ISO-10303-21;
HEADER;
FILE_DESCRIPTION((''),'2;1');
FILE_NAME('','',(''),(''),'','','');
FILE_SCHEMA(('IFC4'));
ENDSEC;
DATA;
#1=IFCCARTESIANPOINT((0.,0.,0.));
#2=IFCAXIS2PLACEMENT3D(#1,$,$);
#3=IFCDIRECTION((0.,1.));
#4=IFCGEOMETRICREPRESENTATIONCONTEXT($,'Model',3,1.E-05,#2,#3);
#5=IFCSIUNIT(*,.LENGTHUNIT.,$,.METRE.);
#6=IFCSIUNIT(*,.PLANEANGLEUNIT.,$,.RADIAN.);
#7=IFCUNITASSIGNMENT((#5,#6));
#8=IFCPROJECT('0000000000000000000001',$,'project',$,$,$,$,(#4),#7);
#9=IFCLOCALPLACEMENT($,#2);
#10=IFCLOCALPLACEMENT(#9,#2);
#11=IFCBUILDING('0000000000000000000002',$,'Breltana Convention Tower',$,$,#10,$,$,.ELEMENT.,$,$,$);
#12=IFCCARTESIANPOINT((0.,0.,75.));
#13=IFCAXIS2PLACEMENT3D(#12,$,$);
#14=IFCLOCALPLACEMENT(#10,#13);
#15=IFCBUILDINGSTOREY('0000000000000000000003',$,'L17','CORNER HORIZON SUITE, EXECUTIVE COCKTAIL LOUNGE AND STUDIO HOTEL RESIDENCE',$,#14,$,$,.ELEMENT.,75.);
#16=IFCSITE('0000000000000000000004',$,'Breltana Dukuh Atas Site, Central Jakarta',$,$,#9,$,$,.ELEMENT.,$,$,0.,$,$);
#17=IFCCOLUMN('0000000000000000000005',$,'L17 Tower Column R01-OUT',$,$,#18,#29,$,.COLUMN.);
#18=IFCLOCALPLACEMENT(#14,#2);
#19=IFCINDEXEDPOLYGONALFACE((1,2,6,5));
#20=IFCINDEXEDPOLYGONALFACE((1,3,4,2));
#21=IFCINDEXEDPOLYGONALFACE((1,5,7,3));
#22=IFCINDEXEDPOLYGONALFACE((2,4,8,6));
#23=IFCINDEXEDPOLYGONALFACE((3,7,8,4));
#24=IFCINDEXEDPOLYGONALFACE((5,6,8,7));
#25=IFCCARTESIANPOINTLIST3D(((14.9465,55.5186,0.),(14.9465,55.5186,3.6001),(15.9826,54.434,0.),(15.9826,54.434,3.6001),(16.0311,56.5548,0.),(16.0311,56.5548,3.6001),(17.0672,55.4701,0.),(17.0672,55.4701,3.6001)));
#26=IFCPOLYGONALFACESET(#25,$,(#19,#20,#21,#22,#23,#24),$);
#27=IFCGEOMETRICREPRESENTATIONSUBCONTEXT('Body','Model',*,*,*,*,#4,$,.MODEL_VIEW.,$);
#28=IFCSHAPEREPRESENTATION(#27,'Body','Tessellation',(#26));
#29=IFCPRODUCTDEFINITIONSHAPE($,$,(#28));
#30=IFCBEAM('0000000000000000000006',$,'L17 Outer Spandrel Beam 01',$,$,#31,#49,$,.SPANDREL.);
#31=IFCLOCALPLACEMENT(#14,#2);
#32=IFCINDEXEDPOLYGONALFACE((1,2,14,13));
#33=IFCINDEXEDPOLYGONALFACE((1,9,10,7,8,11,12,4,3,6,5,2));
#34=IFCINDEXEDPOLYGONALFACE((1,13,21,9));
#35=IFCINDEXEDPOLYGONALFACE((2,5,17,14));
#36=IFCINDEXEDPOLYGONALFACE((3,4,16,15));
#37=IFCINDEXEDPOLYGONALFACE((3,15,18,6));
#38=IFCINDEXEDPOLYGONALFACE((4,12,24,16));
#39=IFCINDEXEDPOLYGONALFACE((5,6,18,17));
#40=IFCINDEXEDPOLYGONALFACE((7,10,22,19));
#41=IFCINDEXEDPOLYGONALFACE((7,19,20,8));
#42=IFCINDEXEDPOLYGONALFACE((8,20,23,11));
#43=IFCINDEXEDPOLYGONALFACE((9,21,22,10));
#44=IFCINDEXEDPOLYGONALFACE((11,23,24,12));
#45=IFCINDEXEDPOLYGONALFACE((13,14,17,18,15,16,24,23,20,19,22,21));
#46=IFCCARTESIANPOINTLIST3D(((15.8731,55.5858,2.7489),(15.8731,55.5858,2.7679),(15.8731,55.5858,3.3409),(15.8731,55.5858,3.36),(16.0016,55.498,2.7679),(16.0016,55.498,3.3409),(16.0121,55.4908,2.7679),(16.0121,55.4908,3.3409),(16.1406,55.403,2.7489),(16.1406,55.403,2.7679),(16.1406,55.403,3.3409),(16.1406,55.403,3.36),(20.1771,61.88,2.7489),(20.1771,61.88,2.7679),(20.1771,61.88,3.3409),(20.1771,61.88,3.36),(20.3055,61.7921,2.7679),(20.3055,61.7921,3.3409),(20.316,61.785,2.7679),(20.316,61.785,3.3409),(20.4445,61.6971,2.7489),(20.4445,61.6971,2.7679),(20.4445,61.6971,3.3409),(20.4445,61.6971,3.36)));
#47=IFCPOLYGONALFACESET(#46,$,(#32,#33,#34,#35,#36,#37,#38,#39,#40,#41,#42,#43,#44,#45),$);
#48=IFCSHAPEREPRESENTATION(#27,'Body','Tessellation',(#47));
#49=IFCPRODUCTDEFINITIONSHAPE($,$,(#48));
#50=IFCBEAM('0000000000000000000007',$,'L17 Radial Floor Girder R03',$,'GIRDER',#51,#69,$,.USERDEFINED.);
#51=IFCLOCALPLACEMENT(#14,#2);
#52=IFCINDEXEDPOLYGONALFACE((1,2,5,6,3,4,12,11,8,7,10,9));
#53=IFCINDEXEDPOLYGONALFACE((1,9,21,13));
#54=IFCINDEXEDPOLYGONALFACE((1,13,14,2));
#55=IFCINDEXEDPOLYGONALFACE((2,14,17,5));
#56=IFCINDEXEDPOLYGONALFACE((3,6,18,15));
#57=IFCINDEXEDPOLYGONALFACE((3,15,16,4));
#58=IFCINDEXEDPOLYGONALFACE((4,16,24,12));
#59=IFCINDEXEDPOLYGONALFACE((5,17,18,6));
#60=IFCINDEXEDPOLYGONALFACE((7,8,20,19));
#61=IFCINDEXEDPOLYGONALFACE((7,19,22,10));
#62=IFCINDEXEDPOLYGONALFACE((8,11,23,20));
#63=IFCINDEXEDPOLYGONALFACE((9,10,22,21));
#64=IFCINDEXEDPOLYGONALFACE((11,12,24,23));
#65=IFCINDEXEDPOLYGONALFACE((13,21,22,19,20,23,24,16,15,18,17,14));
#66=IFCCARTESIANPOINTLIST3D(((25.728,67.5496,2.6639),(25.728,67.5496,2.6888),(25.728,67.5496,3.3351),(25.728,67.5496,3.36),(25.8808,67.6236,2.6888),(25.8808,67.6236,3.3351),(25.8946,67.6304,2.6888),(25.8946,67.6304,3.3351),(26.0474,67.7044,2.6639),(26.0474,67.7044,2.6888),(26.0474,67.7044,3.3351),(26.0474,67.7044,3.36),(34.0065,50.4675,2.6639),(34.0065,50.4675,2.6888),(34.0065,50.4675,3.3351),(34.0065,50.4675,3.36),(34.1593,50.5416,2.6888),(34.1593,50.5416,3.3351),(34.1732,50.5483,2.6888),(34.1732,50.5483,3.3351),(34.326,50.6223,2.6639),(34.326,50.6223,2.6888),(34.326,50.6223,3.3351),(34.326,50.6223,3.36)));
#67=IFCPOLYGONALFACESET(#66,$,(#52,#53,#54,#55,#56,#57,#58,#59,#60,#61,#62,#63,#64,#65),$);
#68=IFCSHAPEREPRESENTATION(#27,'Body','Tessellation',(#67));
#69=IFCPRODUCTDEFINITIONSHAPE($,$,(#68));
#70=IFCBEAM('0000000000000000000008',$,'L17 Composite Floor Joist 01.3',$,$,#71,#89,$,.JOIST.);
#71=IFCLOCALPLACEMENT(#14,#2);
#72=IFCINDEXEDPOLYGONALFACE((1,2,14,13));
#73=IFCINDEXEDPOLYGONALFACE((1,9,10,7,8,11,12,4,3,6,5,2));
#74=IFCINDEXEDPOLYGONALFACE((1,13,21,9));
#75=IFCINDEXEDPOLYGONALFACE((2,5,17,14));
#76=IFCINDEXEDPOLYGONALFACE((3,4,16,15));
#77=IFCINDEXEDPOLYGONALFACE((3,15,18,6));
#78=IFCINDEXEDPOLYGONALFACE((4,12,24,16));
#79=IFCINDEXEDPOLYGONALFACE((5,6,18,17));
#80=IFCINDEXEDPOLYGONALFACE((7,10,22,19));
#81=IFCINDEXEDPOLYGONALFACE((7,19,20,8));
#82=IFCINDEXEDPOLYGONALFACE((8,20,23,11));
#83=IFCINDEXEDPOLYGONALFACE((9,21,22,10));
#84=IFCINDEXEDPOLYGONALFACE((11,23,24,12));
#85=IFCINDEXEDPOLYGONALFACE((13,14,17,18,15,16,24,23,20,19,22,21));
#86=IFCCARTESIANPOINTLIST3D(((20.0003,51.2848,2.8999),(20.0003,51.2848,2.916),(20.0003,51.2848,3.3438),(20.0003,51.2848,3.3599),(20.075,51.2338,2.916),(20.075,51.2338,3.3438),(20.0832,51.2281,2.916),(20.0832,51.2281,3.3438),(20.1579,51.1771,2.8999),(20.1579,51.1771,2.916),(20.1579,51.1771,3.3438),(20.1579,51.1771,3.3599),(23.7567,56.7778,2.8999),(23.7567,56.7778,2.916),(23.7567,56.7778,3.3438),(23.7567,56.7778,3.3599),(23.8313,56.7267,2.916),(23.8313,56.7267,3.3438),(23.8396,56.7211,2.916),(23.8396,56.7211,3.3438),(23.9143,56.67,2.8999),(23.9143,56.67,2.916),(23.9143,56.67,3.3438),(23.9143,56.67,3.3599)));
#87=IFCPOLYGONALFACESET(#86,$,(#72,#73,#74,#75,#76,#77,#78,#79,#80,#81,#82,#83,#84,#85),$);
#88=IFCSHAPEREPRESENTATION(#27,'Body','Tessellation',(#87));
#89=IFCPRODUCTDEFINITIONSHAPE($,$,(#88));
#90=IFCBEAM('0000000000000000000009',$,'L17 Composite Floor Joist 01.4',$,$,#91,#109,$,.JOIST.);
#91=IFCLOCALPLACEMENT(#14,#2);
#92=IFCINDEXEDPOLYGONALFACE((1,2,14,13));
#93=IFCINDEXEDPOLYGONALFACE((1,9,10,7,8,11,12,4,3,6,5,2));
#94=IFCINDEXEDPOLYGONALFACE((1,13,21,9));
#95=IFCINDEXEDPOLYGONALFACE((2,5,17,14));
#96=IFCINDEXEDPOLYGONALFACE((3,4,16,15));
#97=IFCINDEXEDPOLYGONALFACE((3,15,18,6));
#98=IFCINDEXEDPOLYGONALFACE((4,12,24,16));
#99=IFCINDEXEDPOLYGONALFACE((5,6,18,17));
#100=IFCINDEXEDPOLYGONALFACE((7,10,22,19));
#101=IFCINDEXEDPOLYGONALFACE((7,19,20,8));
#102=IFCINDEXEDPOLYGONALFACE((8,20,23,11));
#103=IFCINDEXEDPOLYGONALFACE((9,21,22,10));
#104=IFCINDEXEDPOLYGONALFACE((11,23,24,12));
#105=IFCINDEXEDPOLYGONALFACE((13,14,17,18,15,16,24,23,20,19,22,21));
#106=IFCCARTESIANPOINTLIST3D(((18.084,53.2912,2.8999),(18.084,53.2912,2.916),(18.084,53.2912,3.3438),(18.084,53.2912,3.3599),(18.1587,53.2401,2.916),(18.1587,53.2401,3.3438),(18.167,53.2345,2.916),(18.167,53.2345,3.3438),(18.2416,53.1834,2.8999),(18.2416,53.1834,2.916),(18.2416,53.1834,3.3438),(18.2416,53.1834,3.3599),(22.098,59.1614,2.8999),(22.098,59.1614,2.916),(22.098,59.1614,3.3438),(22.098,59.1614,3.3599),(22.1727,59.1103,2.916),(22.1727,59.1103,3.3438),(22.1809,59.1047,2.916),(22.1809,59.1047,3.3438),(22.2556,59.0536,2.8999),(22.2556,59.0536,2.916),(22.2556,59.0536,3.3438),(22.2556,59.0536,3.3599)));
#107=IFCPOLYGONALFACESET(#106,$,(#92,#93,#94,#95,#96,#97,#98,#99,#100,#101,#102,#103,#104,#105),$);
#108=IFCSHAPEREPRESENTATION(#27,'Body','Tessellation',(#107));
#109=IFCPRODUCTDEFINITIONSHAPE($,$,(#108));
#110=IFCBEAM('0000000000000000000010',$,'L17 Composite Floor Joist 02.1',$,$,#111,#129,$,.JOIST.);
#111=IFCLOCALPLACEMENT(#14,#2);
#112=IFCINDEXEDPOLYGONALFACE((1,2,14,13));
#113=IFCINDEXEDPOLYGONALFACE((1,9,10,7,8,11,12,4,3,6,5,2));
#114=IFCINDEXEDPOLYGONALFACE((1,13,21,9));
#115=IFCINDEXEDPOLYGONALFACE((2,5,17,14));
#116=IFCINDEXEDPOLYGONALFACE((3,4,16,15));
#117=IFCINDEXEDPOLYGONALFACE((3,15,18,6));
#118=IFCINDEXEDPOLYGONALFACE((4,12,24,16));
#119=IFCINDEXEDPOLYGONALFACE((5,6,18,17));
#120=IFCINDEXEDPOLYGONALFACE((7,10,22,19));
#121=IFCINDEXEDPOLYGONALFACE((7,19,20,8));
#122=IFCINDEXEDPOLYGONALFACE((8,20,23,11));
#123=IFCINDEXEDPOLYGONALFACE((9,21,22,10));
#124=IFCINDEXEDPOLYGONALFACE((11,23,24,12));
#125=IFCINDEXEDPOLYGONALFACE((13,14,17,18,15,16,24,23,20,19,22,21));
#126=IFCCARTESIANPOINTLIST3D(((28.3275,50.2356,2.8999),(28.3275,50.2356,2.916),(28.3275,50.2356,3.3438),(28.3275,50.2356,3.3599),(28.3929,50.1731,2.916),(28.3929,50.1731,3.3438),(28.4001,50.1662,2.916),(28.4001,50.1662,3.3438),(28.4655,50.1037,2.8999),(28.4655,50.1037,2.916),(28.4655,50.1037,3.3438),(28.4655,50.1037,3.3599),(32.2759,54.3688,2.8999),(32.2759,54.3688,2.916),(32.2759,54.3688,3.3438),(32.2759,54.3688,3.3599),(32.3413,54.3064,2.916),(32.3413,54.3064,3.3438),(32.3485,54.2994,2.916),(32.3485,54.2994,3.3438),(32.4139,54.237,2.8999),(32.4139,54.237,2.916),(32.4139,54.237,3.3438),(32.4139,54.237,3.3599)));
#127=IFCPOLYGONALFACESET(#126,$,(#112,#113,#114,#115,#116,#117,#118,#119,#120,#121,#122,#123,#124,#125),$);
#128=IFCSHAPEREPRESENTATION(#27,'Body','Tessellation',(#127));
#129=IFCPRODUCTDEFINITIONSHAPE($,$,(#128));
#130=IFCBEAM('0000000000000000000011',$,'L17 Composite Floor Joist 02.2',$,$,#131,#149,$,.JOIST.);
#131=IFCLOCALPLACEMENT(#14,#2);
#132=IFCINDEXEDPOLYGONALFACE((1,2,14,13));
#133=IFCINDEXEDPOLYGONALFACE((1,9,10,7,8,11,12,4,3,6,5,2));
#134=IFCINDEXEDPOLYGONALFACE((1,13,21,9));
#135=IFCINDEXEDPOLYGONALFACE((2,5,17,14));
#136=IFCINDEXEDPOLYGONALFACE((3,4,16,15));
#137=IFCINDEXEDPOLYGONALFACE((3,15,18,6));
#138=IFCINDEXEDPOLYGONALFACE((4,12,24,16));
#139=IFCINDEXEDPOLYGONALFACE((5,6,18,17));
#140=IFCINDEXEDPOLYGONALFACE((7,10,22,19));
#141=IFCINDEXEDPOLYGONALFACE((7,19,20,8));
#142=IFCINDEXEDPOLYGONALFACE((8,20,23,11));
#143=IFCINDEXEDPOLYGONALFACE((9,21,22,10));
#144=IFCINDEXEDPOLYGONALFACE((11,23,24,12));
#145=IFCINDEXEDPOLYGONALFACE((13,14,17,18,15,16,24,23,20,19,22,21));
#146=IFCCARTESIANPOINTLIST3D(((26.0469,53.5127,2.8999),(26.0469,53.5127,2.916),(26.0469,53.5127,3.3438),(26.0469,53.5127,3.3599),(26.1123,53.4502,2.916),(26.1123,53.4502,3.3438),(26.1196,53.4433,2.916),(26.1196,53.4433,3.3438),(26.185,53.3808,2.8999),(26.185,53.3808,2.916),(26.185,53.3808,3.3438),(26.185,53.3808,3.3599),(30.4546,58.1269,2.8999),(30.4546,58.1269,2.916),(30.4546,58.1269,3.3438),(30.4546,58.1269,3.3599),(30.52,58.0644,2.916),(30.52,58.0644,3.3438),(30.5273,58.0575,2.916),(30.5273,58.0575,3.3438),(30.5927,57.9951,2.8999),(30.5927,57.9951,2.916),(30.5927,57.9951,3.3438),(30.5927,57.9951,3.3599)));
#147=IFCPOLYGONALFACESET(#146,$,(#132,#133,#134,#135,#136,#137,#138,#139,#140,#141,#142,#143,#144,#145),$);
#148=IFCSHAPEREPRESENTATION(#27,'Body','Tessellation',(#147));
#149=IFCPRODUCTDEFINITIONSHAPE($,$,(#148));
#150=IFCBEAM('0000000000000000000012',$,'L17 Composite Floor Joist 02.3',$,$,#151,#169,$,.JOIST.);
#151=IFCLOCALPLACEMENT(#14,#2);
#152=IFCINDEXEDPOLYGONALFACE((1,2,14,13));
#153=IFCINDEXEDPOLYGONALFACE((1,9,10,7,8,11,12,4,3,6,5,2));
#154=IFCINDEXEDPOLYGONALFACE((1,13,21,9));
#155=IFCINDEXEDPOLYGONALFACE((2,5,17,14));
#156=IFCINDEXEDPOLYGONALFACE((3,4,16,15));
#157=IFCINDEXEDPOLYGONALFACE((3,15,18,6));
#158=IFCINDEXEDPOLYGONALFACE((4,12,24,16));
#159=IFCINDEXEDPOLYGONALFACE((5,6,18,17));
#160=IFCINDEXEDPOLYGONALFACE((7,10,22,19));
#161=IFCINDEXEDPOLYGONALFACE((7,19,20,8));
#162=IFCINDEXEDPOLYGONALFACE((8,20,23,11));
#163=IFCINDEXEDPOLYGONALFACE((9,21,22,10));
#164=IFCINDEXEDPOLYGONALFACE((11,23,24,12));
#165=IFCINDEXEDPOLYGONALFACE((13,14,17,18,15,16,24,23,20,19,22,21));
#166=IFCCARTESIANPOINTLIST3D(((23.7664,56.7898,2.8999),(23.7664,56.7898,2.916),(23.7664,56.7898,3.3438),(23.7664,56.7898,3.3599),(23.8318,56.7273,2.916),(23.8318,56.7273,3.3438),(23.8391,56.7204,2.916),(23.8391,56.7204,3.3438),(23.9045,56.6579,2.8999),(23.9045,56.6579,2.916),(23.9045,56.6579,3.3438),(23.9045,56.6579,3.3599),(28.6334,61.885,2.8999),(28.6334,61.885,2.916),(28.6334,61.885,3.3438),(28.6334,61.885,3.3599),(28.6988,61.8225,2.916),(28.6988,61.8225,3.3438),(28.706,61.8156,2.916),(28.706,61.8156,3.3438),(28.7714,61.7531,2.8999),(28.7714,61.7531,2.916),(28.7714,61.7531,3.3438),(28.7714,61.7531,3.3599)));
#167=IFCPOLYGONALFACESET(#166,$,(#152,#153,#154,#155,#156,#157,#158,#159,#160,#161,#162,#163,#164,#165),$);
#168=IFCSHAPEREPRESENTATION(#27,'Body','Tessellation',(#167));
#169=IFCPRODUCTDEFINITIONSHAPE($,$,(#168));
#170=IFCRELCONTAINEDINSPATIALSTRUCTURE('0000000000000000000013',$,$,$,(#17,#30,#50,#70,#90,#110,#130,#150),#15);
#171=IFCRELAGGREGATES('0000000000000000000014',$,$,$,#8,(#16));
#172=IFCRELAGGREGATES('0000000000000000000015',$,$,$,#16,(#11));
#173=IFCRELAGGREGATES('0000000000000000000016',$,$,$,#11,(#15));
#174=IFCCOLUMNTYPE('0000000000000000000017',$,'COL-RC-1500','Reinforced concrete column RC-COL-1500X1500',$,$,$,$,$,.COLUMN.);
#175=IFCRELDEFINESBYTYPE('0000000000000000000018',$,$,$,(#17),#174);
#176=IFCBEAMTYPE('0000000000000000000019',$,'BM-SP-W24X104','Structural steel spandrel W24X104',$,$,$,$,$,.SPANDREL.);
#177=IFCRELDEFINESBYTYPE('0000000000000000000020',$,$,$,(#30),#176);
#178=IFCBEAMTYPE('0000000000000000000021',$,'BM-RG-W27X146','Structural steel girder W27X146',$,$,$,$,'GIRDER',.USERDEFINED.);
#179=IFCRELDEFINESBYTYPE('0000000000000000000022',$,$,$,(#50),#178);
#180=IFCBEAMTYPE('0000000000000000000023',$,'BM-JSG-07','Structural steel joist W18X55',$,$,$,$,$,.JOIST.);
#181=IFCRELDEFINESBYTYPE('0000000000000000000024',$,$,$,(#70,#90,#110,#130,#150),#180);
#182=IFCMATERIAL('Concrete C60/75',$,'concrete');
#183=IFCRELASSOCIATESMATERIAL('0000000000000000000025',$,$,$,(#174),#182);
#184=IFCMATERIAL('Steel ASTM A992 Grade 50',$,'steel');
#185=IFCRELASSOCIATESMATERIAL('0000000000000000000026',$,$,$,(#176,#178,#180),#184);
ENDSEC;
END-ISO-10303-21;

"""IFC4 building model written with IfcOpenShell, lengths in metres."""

from ifc_helpers import new_model, si_unit, direction, frame, origin, origin_2d, place, context, subcontext, project, spatial, rectangle, i_section, extrude, source, transform, mapped, material, material_profile, profile_set, type_object, type_shapes, element, save


model = new_model("IFC4")

# Units and contexts
model_context = context("Model", 3, precision=1e-05, world=origin(), true_north=direction((0.0, 1.0)))
body_context = subcontext(model_context, "Body", "Model", "MODEL_VIEW")
ifc_project = project(units=[si_unit("LENGTHUNIT", "METRE"), si_unit("PLANEANGLEUNIT", "RADIAN")], contexts=[model_context])

# Site, building, storey
site_placement = place(None, origin())
site = spatial("IfcSite", under=ifc_project, at=site_placement, Name="Breltana Dukuh Atas Site, Central Jakarta", CompositionType="ELEMENT", RefElevation=0.0)
building_placement = place(site_placement, origin())
building = spatial("IfcBuilding", under=site, at=building_placement, Name="Breltana Convention Tower", CompositionType="ELEMENT")
storey_placement = place(building_placement, frame((0.0, 0.0, 75.0)))
storey = spatial("IfcBuildingStorey", under=building, at=storey_placement, Name="L17", Description="CORNER HORIZON SUITE, EXECUTIVE COCKTAIL LOUNGE AND STUDIO HOTEL RESIDENCE", CompositionType="ELEMENT", Elevation=75.0)

# Column
ifc_material_1 = material(Name="Concrete C60/75", Category="concrete")
ifc_material_profile_1 = material_profile(ifc_material_1, rectangle(XDim=1.5, YDim=1.5, at=origin_2d()), Name="RC-COL-1500X1500")
ifc_profile_set_1 = profile_set([ifc_material_profile_1], Name="Concrete C60/75")
column_type_1 = type_object("IfcColumnType", Name="COL-RC-1500", Description="Reinforced concrete column RC-COL-1500X1500", PredefinedType="COLUMN", material=ifc_profile_set_1)
shared_shape_1 = source(origin(), body_context, "Body", "SweptSolid", [
    extrude(rectangle(XDim=1.5, YDim=1.5, at=origin_2d()), origin(), (0.0, 0.0, 1.0), 3.6001),
])
column_1_placement = place(storey_placement, frame((16.0068, 55.4944, 0.0), z_axis=(0.0, 0.0, 1.0), x_axis=(-0.690756, 0.723088, 0.0)))
element("IfcColumn", 1, at=column_1_placement, inside=storey, type_object=column_type_1, Name="L17 Tower Column R01-OUT", PredefinedType="COLUMN", context=body_context, shape_type="MappedRepresentation", body=[
    mapped(shared_shape_1, transform((0.0, 0.0, 0.0), scale=1.0)),
])

# Beams
ifc_material_2 = material(Name="Steel ASTM A992 Grade 50", Category="steel")
ifc_material_profile_2 = material_profile(ifc_material_2, i_section(OverallWidth=0.324, OverallDepth=0.6111, WebThickness=0.0127, FlangeThickness=0.019, at=origin_2d()), Name="W24X104")
ifc_profile_set_2 = profile_set([ifc_material_profile_2], Name="Steel ASTM A992 Grade 50")
beam_type_1 = type_object("IfcBeamType", Name="BM-SP-W24X104", Description="Structural steel spandrel W24X104", PredefinedType="SPANDREL", material=ifc_profile_set_2)
shared_shape_2 = source(origin(), body_context, "Body", "SweptSolid", [
    extrude(i_section(OverallWidth=0.324, OverallDepth=0.6111, WebThickness=0.0127, FlangeThickness=0.019, at=origin_2d()), origin(), (0.0, 0.0, 1.0), 7.625),
])
type_shapes(beam_type_1, [shared_shape_2])
beam_1_placement = place(storey_placement, frame((16.0068, 55.4944, 3.0544), z_axis=(0.564452, 0.825466, 0.0), x_axis=(-0.825466, 0.564452, 0.0)))
element("IfcBeam", 2, at=beam_1_placement, inside=storey, type_object=beam_type_1, Name="L17 Outer Spandrel Beam 01", PredefinedType="SPANDREL", context=body_context, shape_type="MappedRepresentation", body=[
    mapped(shared_shape_2, transform((0.0, 0.0, 0.0), scale=1.0)),
])
ifc_material_profile_3 = material_profile(ifc_material_2, i_section(OverallWidth=0.355, OverallDepth=0.696, WebThickness=0.0154, FlangeThickness=0.0249, at=origin_2d()), Name="W27X146")
ifc_profile_set_3 = profile_set([ifc_material_profile_3], Name="Steel ASTM A992 Grade 50")
beam_type_2 = type_object("IfcBeamType", Name="BM-RG-W27X146", Description="Structural steel girder W27X146", ElementType="GIRDER", PredefinedType="USERDEFINED", material=ifc_profile_set_3)
shared_shape_3 = source(origin(), body_context, "Body", "SweptSolid", [
    extrude(i_section(OverallWidth=0.355, OverallDepth=0.696, WebThickness=0.0154, FlangeThickness=0.0249, at=origin_2d()), origin(), (0.0, 0.0, 1.0), 18.9824),
])
beam_2_placement = place(storey_placement, frame((34.1663, 50.5449, 3.012), z_axis=(-0.436119, 0.899889, 0.0), x_axis=(-0.899889, -0.436119, 0.0)))
element("IfcBeam", 3, at=beam_2_placement, inside=storey, type_object=beam_type_2, Name="L17 Radial Floor Girder R03", ObjectType="GIRDER", PredefinedType="USERDEFINED", context=body_context, shape_type="MappedRepresentation", body=[
    mapped(shared_shape_3, transform((0.0, 0.0, 0.0), scale=1.0)),
])
ifc_material_profile_4 = material_profile(ifc_material_2, i_section(OverallWidth=0.1909, OverallDepth=0.46, WebThickness=0.01, FlangeThickness=0.0161, at=origin_2d()), Name="W18X55")
ifc_profile_set_4 = profile_set([ifc_material_profile_4], Name="Steel ASTM A992 Grade 50")
beam_type_3 = type_object("IfcBeamType", Name="BM-JSG-07", Description="Structural steel joist W18X55", PredefinedType="JOIST", material=ifc_profile_set_4)
shared_shape_4 = source(origin(), body_context, "Body", "SweptSolid", [
    extrude(i_section(OverallWidth=0.1909, OverallDepth=0.46, WebThickness=0.01, FlangeThickness=0.0161, at=origin_2d()), origin(), (0.0, 0.0, 1.0), 6.6545),
])
beam_3_placement = place(storey_placement, frame((20.0791, 51.231, 3.1299), z_axis=(0.564483, 0.825445, 0.0), x_axis=(-0.825445, 0.564483, 0.0)))
element("IfcBeam", 4, at=beam_3_placement, inside=storey, type_object=beam_type_3, Name="L17 Composite Floor Joist 01.3", PredefinedType="JOIST", context=body_context, shape_type="MappedRepresentation", body=[
    mapped(shared_shape_4, transform((0.0, 0.0, 0.0), scale=1.0)),
])
shared_shape_5 = source(origin(), body_context, "Body", "SweptSolid", [
    extrude(i_section(OverallWidth=0.1909, OverallDepth=0.46, WebThickness=0.01, FlangeThickness=0.0161, at=origin_2d()), origin(), (0.0, 0.0, 1.0), 7.1113),
])
beam_4_placement = place(storey_placement, frame((18.1628, 53.2373, 3.1299), z_axis=(0.564446, 0.82547, 0.0), x_axis=(-0.82547, 0.564446, 0.0)))
element("IfcBeam", 5, at=beam_4_placement, inside=storey, type_object=beam_type_3, Name="L17 Composite Floor Joist 01.4", PredefinedType="JOIST", context=body_context, shape_type="MappedRepresentation", body=[
    mapped(shared_shape_5, transform((0.0, 0.0, 0.0), scale=1.0)),
])
shared_shape_6 = source(origin(), body_context, "Body", "SweptSolid", [
    extrude(i_section(OverallWidth=0.1909, OverallDepth=0.46, WebThickness=0.01, FlangeThickness=0.0161, at=origin_2d()), origin(), (0.0, 0.0, 1.0), 5.7161),
])
beam_5_placement = place(storey_placement, frame((28.3965, 50.1697, 3.1299), z_axis=(0.690756, 0.723088, 0.0), x_axis=(-0.723088, 0.690756, 0.0)))
element("IfcBeam", 6, at=beam_5_placement, inside=storey, type_object=beam_type_3, Name="L17 Composite Floor Joist 02.1", PredefinedType="JOIST", context=body_context, shape_type="MappedRepresentation", body=[
    mapped(shared_shape_6, transform((0.0, 0.0, 0.0), scale=1.0)),
])
shared_shape_7 = source(origin(), body_context, "Body", "SweptSolid", [
    extrude(i_section(OverallWidth=0.1909, OverallDepth=0.46, WebThickness=0.01, FlangeThickness=0.0161, at=origin_2d()), origin(), (0.0, 0.0, 1.0), 6.3811),
])
beam_6_placement = place(storey_placement, frame((26.116, 53.4468, 3.1299), z_axis=(0.690738, 0.723105, 0.0), x_axis=(-0.723105, 0.690738, 0.0)))
element("IfcBeam", 7, at=beam_6_placement, inside=storey, type_object=beam_type_3, Name="L17 Composite Floor Joist 02.2", PredefinedType="JOIST", context=body_context, shape_type="MappedRepresentation", body=[
    mapped(shared_shape_7, transform((0.0, 0.0, 0.0), scale=1.0)),
])
shared_shape_8 = source(origin(), body_context, "Body", "SweptSolid", [
    extrude(i_section(OverallWidth=0.1909, OverallDepth=0.46, WebThickness=0.01, FlangeThickness=0.0161, at=origin_2d()), origin(), (0.0, 0.0, 1.0), 7.0461),
])
beam_7_placement = place(storey_placement, frame((23.8354, 56.7239, 3.1299), z_axis=(0.690723, 0.72312, 0.0), x_axis=(-0.72312, 0.690723, 0.0)))
element("IfcBeam", 8, at=beam_7_placement, inside=storey, type_object=beam_type_3, Name="L17 Composite Floor Joist 02.3", PredefinedType="JOIST", context=body_context, shape_type="MappedRepresentation", body=[
    mapped(shared_shape_8, transform((0.0, 0.0, 0.0), scale=1.0)),
])

save(model, "model.ifc")
